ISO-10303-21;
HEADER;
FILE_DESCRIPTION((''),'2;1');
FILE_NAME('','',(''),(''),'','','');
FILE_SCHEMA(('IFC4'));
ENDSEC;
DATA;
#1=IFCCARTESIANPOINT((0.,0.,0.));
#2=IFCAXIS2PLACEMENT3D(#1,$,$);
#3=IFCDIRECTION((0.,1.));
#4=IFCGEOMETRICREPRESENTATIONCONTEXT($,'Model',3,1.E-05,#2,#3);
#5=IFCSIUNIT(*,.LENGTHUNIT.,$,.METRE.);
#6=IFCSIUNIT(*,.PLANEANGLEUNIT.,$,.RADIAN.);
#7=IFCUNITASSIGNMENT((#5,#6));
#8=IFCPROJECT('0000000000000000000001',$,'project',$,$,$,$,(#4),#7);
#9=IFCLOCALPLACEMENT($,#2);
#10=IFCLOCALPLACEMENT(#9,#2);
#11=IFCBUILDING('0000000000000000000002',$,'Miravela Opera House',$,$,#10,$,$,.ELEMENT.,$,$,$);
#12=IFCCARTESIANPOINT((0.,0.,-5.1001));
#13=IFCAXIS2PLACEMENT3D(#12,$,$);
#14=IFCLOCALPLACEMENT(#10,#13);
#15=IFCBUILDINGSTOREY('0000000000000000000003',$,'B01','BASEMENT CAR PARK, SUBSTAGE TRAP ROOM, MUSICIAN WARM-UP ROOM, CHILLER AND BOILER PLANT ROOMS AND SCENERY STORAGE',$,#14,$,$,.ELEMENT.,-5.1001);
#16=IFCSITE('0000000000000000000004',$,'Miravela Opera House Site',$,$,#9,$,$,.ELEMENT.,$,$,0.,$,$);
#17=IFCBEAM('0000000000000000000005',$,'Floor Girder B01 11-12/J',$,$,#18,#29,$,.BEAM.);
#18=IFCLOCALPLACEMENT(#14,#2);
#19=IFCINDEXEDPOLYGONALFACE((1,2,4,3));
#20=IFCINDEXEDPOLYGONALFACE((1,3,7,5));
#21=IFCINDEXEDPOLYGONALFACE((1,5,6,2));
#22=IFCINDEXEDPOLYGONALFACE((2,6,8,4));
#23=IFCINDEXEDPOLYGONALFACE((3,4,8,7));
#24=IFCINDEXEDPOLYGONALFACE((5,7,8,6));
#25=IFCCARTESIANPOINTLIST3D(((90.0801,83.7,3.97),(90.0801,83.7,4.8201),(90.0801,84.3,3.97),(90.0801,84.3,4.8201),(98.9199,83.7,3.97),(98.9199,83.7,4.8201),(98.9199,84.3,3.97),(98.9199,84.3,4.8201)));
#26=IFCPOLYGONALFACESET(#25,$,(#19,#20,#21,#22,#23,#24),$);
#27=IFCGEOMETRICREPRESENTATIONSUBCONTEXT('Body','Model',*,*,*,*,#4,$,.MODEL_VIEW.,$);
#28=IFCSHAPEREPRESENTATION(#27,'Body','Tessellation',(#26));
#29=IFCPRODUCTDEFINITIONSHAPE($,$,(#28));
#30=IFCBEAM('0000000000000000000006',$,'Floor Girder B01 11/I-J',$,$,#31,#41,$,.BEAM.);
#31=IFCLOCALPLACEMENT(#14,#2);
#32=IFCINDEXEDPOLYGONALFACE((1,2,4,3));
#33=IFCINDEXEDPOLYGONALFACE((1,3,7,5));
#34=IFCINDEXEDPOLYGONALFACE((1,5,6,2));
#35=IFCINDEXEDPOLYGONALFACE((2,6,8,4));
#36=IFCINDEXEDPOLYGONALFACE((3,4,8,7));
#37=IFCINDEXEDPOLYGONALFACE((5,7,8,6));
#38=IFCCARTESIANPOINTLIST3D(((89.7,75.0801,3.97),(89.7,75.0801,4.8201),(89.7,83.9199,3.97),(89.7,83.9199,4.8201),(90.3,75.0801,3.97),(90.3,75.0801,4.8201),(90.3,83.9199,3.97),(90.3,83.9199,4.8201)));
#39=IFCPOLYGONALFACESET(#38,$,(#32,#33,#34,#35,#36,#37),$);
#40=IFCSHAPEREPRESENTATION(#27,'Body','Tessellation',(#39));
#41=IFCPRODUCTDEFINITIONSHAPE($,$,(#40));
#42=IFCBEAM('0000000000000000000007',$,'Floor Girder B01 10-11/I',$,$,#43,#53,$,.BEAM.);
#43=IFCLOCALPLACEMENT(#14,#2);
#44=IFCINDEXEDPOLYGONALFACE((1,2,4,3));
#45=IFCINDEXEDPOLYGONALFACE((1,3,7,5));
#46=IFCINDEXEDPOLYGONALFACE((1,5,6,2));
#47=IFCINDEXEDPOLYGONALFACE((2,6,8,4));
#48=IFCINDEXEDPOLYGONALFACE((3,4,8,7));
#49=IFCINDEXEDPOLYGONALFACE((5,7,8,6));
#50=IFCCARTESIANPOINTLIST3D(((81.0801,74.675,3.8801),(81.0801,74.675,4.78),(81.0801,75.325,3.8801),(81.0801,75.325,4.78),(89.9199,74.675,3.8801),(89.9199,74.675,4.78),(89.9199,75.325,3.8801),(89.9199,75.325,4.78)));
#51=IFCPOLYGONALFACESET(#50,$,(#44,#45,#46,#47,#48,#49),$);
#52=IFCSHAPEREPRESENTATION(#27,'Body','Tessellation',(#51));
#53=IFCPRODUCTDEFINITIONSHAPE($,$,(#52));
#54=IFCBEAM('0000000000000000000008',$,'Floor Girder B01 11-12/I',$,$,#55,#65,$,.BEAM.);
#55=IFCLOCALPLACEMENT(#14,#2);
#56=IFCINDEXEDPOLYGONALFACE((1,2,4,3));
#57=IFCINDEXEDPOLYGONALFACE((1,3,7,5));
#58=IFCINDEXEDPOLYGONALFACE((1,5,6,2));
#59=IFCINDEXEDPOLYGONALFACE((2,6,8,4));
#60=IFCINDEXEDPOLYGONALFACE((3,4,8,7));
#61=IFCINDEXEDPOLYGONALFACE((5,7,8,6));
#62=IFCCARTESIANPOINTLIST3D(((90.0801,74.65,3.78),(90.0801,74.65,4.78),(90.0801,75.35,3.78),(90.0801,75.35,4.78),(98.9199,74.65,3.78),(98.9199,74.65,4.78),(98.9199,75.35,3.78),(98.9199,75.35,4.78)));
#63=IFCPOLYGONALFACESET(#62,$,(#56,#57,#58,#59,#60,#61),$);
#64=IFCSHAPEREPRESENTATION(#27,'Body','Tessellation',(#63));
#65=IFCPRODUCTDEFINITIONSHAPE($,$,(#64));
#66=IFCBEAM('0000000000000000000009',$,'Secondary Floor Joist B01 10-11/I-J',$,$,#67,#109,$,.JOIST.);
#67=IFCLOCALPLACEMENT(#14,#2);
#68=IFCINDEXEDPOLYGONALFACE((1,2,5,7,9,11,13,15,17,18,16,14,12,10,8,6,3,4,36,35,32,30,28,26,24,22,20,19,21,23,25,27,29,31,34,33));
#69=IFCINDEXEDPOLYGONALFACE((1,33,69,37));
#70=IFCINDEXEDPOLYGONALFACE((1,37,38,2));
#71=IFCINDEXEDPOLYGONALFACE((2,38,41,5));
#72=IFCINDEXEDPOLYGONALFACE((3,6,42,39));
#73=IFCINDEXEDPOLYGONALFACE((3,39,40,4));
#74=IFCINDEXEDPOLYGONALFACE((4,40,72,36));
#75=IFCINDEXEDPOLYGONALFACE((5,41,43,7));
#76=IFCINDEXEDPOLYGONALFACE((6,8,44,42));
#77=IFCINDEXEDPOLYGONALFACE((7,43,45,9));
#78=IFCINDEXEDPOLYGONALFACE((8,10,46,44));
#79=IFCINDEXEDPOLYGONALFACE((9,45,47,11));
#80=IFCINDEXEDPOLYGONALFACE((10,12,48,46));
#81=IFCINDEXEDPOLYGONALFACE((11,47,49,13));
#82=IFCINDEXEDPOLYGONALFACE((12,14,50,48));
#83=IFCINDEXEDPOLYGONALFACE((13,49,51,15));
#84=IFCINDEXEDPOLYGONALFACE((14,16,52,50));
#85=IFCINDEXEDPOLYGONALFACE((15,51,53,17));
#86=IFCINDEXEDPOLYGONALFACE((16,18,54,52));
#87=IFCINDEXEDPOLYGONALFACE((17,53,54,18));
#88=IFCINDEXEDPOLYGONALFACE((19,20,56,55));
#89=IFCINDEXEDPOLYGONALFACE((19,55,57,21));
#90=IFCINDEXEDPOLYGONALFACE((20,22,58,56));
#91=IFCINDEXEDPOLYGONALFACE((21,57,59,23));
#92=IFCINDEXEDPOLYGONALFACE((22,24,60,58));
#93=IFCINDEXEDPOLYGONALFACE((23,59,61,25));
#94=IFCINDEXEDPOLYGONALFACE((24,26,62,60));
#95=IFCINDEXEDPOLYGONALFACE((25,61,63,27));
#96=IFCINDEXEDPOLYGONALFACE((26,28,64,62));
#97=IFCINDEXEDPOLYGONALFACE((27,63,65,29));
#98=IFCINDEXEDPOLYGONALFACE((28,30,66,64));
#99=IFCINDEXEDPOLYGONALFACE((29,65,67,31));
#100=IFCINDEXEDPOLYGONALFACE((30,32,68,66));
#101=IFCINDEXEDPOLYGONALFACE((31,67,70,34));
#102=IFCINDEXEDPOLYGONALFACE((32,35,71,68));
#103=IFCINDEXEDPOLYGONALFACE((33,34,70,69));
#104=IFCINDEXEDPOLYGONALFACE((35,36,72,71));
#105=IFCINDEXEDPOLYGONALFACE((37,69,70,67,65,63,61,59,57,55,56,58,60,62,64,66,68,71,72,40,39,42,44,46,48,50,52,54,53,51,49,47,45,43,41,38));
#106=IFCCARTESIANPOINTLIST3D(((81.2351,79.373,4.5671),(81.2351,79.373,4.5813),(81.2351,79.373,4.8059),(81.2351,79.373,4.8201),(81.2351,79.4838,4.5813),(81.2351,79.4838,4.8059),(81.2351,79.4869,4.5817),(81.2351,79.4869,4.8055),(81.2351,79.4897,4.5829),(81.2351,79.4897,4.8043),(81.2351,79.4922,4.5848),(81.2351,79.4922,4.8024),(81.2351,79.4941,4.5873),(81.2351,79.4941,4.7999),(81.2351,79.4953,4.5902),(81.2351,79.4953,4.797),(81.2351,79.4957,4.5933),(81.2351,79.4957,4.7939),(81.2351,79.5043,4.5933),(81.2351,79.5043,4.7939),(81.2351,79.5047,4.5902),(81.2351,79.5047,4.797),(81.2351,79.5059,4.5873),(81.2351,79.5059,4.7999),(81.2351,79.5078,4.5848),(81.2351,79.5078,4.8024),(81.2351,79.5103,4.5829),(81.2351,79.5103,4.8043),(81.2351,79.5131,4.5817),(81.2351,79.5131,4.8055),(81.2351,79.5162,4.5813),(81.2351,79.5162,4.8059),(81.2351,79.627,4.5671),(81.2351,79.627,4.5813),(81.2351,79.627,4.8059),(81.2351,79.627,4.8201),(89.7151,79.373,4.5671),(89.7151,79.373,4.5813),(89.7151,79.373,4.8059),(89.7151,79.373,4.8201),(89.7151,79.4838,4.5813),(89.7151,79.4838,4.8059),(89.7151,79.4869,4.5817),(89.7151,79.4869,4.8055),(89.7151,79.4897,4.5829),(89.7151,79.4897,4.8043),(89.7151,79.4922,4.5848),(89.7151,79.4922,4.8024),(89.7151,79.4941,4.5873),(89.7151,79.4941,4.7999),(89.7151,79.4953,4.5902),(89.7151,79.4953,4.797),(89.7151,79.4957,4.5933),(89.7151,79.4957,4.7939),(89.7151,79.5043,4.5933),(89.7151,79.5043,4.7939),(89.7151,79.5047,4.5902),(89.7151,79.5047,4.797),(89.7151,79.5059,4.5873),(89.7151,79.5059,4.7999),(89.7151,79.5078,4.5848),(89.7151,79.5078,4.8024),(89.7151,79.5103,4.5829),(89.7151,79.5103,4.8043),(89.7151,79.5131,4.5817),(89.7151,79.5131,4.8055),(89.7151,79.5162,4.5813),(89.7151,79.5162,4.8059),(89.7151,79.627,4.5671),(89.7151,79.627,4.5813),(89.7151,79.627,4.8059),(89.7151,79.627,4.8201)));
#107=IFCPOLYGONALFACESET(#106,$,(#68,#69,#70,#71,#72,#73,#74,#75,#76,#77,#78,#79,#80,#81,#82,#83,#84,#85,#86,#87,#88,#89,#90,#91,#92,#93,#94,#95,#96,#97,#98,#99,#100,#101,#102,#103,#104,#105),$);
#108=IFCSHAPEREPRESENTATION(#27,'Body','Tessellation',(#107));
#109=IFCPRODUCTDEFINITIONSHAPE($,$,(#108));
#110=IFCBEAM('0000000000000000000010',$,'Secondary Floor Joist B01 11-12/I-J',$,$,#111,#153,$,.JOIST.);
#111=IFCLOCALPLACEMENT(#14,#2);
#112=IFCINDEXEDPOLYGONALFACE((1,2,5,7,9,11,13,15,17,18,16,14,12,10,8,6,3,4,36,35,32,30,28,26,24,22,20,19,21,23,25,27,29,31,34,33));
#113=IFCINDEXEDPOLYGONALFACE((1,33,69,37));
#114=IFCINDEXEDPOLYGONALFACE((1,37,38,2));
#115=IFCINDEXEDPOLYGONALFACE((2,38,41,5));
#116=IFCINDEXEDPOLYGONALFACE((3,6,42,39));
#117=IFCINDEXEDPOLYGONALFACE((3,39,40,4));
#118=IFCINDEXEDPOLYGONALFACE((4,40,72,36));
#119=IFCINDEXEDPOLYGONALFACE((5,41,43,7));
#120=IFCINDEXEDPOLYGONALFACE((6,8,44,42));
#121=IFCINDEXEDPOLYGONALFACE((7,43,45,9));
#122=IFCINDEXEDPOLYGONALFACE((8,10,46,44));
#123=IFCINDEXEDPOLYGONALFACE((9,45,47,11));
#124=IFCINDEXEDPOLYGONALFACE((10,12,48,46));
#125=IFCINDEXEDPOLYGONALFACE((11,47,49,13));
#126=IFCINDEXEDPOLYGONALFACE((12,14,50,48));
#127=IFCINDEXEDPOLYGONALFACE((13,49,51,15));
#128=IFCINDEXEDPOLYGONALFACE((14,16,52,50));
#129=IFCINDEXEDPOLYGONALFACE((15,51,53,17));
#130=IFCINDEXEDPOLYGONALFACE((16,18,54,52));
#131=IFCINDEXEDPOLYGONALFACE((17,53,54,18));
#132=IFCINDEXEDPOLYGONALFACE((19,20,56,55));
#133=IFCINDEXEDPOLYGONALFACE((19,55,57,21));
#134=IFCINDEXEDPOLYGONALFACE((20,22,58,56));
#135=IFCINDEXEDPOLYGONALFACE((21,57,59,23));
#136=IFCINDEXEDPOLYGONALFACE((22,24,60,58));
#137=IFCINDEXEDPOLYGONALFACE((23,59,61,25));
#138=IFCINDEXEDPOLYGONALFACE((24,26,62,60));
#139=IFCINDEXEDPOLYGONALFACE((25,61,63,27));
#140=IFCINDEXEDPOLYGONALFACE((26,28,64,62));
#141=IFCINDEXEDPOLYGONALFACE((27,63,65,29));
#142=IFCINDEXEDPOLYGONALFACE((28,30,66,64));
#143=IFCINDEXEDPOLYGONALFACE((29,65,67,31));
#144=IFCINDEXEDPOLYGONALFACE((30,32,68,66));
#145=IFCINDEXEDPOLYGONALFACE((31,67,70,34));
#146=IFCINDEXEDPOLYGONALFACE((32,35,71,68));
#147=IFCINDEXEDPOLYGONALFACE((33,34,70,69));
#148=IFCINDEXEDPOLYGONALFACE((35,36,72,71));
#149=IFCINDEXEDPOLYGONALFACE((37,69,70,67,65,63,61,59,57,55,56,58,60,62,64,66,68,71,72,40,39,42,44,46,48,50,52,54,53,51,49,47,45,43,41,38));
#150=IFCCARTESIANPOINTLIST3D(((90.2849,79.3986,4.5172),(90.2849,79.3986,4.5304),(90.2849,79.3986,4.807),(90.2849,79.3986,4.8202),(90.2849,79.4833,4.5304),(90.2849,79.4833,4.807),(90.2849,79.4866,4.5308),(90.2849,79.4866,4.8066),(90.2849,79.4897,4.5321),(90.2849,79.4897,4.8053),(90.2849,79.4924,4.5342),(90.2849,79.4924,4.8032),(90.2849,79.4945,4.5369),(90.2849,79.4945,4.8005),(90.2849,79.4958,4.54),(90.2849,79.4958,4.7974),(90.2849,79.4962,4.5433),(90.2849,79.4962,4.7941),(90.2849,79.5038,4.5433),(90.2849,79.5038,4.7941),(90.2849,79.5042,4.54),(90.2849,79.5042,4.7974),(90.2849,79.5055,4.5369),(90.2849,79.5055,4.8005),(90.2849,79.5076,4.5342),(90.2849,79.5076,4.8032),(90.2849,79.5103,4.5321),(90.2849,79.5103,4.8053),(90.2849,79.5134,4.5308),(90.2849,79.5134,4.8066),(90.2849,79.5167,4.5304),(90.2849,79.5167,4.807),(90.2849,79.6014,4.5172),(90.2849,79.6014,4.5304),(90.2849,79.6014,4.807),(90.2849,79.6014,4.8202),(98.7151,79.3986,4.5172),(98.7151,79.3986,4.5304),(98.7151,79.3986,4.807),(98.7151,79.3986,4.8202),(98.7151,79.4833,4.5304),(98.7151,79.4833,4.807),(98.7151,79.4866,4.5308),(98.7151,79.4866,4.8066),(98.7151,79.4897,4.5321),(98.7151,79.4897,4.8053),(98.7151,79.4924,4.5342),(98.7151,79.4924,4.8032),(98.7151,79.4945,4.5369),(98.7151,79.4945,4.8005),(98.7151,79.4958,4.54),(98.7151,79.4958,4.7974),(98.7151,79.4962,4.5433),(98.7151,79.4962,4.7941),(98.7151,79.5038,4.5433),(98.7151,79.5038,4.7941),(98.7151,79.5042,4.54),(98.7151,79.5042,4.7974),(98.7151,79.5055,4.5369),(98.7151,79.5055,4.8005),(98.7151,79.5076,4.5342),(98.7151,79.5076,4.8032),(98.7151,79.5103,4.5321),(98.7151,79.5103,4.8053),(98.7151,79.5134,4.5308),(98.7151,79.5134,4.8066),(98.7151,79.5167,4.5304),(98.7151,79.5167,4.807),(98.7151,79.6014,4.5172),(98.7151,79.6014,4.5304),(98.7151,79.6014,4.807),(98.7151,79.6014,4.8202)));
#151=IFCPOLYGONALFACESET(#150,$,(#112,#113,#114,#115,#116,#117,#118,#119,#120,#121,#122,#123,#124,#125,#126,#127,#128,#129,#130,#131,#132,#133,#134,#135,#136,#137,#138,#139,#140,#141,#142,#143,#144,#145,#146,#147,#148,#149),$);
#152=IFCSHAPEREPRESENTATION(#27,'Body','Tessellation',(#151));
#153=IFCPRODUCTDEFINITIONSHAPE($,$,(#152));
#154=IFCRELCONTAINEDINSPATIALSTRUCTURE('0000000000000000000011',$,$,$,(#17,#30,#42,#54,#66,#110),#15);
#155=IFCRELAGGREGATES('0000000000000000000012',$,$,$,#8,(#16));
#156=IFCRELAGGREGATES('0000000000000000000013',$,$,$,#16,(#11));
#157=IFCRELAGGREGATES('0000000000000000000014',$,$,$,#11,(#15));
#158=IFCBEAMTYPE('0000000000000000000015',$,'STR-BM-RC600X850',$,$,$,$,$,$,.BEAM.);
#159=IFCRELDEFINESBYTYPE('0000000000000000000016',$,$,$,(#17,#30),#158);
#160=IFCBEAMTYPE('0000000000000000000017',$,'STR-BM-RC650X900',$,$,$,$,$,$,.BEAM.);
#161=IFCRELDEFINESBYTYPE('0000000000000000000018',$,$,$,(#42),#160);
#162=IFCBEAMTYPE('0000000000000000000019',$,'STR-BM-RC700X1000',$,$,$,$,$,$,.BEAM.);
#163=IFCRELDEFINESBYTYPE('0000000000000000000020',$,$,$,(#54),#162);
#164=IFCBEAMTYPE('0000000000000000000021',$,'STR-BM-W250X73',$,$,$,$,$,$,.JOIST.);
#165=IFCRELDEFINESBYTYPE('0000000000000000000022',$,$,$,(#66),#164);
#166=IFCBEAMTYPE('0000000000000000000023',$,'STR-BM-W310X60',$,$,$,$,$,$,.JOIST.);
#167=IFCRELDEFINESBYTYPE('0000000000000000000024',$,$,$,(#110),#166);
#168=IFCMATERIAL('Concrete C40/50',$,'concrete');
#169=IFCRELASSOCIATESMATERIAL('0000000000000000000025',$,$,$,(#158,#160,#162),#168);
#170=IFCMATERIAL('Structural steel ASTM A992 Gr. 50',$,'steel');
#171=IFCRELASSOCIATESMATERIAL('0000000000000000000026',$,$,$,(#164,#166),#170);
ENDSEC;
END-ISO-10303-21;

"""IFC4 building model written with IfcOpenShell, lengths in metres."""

from ifc_helpers import new_model, si_unit, direction, frame, origin, origin_2d, place, context, subcontext, project, spatial, rectangle, i_section, extrude, material, material_profile, profile_set, type_object, element, save


model = new_model("IFC4")

# Units and contexts
model_context = context("Model", 3, precision=1e-05, world=origin(), true_north=direction((0.0, 1.0)))
body_context = subcontext(model_context, "Body", "Model", "MODEL_VIEW")
ifc_project = project(units=[si_unit("LENGTHUNIT", "METRE"), si_unit("PLANEANGLEUNIT", "RADIAN")], contexts=[model_context])

# Site, building, storey
site_placement = place(None, origin())
site = spatial("IfcSite", under=ifc_project, at=site_placement, Name="Miravela Opera House Site", CompositionType="ELEMENT", RefElevation=0.0)
building_placement = place(site_placement, origin())
building = spatial("IfcBuilding", under=site, at=building_placement, Name="Miravela Opera House", CompositionType="ELEMENT")
storey_placement = place(building_placement, frame((0.0, 0.0, -5.1001)))
storey = spatial("IfcBuildingStorey", under=building, at=storey_placement, Name="B01", Description="BASEMENT CAR PARK, SUBSTAGE TRAP ROOM, MUSICIAN WARM-UP ROOM, CHILLER AND BOILER PLANT ROOMS AND SCENERY STORAGE", CompositionType="ELEMENT", Elevation=-5.1001)

# Shared definitions
ifc_material_1 = material(Name="Concrete C40/50", Category="concrete")

# Beams
ifc_material_profile_1 = material_profile(ifc_material_1, rectangle(XDim=0.6001, YDim=0.8501, at=origin_2d()), Name="RC-BM-600X850")
ifc_profile_set_1 = profile_set([ifc_material_profile_1])
beam_type_1 = type_object("IfcBeamType", Name="STR-BM-RC600X850", PredefinedType="BEAM", material=ifc_profile_set_1)
for number, where, z_axis, x_axis, name in (
    (1, (90.0801, 84.0, 4.395), (1.0, 0.0, 0.0), (0.0, 1.0, 0.0), "Floor Girder B01 11-12/J"),
    (2, (90.0, 75.0801, 4.395), (0.0, 1.0, 0.0), (-1.0, 0.0, 0.0), "Floor Girder B01 11/I-J"),
):
    element("IfcBeam", number, at=place(storey_placement, frame(where, z_axis=z_axis, x_axis=x_axis)), inside=storey, type_object=beam_type_1, Name=name, PredefinedType="BEAM", context=body_context, shape_type="SweptSolid", body=[
        extrude(rectangle(XDim=0.6001, YDim=0.8501, at=origin_2d()), origin(), (0.0, 0.0, 1.0), 8.8398),
    ])
ifc_material_profile_2 = material_profile(ifc_material_1, rectangle(XDim=0.6499, YDim=0.8999, at=origin_2d()), Name="RC-BM-650X900")
ifc_profile_set_2 = profile_set([ifc_material_profile_2])
beam_type_2 = type_object("IfcBeamType", Name="STR-BM-RC650X900", PredefinedType="BEAM", material=ifc_profile_set_2)
beam_1_placement = place(storey_placement, frame((81.0801, 75.0, 4.3301), z_axis=(1.0, 0.0, 0.0), x_axis=(0.0, 1.0, 0.0)))
element("IfcBeam", 3, at=beam_1_placement, inside=storey, type_object=beam_type_2, Name="Floor Girder B01 10-11/I", PredefinedType="BEAM", context=body_context, shape_type="SweptSolid", body=[
    extrude(rectangle(XDim=0.6499, YDim=0.8999, at=origin_2d()), origin(), (0.0, 0.0, 1.0), 8.8398),
])
ifc_material_profile_3 = material_profile(ifc_material_1, rectangle(XDim=0.7, YDim=1.0, at=origin_2d()), Name="RC-BM-700X1000")
ifc_profile_set_3 = profile_set([ifc_material_profile_3])
beam_type_3 = type_object("IfcBeamType", Name="STR-BM-RC700X1000", PredefinedType="BEAM", material=ifc_profile_set_3)
beam_2_placement = place(storey_placement, frame((90.0801, 75.0, 4.28), z_axis=(1.0, 0.0, 0.0), x_axis=(0.0, 1.0, 0.0)))
element("IfcBeam", 4, at=beam_2_placement, inside=storey, type_object=beam_type_3, Name="Floor Girder B01 11-12/I", PredefinedType="BEAM", context=body_context, shape_type="SweptSolid", body=[
    extrude(rectangle(XDim=0.7, YDim=1.0, at=origin_2d()), origin(), (0.0, 0.0, 1.0), 8.8398),
])
ifc_material_2 = material(Name="Structural steel ASTM A992 Gr. 50", Category="steel")
ifc_material_profile_4 = material_profile(ifc_material_2, i_section(OverallWidth=0.2539, OverallDepth=0.2529, WebThickness=0.0085, FlangeThickness=0.0142, FilletRadius=0.012, at=origin_2d()), Name="W250X73")
ifc_profile_set_4 = profile_set([ifc_material_profile_4])
beam_type_4 = type_object("IfcBeamType", Name="STR-BM-W250X73", PredefinedType="JOIST", material=ifc_profile_set_4)
beam_3_placement = place(storey_placement, frame((81.2351, 79.5, 4.6936), z_axis=(1.0, 0.0, 0.0), x_axis=(0.0, 1.0, 0.0)))
element("IfcBeam", 5, at=beam_3_placement, inside=storey, type_object=beam_type_4, Name="Secondary Floor Joist B01 10-11/I-J", PredefinedType="JOIST", context=body_context, shape_type="SweptSolid", body=[
    extrude(i_section(OverallWidth=0.2539, OverallDepth=0.2529, WebThickness=0.0085, FlangeThickness=0.0142, FilletRadius=0.012, at=origin_2d()), origin(), (0.0, 0.0, 1.0), 8.48),
])
ifc_material_profile_5 = material_profile(ifc_material_2, i_section(OverallWidth=0.2029, OverallDepth=0.303, WebThickness=0.0076, FlangeThickness=0.0132, FilletRadius=0.0129, at=origin_2d()), Name="W310X60")
ifc_profile_set_5 = profile_set([ifc_material_profile_5])
beam_type_5 = type_object("IfcBeamType", Name="STR-BM-W310X60", PredefinedType="JOIST", material=ifc_profile_set_5)
beam_4_placement = place(storey_placement, frame((90.2849, 79.5, 4.6687), z_axis=(1.0, 0.0, 0.0), x_axis=(0.0, 1.0, 0.0)))
element("IfcBeam", 6, at=beam_4_placement, inside=storey, type_object=beam_type_5, Name="Secondary Floor Joist B01 11-12/I-J", PredefinedType="JOIST", context=body_context, shape_type="SweptSolid", body=[
    extrude(i_section(OverallWidth=0.2029, OverallDepth=0.303, WebThickness=0.0076, FlangeThickness=0.0132, FilletRadius=0.0129, at=origin_2d()), origin(), (0.0, 0.0, 1.0), 8.4302),
])

save(model, "model.ifc")
